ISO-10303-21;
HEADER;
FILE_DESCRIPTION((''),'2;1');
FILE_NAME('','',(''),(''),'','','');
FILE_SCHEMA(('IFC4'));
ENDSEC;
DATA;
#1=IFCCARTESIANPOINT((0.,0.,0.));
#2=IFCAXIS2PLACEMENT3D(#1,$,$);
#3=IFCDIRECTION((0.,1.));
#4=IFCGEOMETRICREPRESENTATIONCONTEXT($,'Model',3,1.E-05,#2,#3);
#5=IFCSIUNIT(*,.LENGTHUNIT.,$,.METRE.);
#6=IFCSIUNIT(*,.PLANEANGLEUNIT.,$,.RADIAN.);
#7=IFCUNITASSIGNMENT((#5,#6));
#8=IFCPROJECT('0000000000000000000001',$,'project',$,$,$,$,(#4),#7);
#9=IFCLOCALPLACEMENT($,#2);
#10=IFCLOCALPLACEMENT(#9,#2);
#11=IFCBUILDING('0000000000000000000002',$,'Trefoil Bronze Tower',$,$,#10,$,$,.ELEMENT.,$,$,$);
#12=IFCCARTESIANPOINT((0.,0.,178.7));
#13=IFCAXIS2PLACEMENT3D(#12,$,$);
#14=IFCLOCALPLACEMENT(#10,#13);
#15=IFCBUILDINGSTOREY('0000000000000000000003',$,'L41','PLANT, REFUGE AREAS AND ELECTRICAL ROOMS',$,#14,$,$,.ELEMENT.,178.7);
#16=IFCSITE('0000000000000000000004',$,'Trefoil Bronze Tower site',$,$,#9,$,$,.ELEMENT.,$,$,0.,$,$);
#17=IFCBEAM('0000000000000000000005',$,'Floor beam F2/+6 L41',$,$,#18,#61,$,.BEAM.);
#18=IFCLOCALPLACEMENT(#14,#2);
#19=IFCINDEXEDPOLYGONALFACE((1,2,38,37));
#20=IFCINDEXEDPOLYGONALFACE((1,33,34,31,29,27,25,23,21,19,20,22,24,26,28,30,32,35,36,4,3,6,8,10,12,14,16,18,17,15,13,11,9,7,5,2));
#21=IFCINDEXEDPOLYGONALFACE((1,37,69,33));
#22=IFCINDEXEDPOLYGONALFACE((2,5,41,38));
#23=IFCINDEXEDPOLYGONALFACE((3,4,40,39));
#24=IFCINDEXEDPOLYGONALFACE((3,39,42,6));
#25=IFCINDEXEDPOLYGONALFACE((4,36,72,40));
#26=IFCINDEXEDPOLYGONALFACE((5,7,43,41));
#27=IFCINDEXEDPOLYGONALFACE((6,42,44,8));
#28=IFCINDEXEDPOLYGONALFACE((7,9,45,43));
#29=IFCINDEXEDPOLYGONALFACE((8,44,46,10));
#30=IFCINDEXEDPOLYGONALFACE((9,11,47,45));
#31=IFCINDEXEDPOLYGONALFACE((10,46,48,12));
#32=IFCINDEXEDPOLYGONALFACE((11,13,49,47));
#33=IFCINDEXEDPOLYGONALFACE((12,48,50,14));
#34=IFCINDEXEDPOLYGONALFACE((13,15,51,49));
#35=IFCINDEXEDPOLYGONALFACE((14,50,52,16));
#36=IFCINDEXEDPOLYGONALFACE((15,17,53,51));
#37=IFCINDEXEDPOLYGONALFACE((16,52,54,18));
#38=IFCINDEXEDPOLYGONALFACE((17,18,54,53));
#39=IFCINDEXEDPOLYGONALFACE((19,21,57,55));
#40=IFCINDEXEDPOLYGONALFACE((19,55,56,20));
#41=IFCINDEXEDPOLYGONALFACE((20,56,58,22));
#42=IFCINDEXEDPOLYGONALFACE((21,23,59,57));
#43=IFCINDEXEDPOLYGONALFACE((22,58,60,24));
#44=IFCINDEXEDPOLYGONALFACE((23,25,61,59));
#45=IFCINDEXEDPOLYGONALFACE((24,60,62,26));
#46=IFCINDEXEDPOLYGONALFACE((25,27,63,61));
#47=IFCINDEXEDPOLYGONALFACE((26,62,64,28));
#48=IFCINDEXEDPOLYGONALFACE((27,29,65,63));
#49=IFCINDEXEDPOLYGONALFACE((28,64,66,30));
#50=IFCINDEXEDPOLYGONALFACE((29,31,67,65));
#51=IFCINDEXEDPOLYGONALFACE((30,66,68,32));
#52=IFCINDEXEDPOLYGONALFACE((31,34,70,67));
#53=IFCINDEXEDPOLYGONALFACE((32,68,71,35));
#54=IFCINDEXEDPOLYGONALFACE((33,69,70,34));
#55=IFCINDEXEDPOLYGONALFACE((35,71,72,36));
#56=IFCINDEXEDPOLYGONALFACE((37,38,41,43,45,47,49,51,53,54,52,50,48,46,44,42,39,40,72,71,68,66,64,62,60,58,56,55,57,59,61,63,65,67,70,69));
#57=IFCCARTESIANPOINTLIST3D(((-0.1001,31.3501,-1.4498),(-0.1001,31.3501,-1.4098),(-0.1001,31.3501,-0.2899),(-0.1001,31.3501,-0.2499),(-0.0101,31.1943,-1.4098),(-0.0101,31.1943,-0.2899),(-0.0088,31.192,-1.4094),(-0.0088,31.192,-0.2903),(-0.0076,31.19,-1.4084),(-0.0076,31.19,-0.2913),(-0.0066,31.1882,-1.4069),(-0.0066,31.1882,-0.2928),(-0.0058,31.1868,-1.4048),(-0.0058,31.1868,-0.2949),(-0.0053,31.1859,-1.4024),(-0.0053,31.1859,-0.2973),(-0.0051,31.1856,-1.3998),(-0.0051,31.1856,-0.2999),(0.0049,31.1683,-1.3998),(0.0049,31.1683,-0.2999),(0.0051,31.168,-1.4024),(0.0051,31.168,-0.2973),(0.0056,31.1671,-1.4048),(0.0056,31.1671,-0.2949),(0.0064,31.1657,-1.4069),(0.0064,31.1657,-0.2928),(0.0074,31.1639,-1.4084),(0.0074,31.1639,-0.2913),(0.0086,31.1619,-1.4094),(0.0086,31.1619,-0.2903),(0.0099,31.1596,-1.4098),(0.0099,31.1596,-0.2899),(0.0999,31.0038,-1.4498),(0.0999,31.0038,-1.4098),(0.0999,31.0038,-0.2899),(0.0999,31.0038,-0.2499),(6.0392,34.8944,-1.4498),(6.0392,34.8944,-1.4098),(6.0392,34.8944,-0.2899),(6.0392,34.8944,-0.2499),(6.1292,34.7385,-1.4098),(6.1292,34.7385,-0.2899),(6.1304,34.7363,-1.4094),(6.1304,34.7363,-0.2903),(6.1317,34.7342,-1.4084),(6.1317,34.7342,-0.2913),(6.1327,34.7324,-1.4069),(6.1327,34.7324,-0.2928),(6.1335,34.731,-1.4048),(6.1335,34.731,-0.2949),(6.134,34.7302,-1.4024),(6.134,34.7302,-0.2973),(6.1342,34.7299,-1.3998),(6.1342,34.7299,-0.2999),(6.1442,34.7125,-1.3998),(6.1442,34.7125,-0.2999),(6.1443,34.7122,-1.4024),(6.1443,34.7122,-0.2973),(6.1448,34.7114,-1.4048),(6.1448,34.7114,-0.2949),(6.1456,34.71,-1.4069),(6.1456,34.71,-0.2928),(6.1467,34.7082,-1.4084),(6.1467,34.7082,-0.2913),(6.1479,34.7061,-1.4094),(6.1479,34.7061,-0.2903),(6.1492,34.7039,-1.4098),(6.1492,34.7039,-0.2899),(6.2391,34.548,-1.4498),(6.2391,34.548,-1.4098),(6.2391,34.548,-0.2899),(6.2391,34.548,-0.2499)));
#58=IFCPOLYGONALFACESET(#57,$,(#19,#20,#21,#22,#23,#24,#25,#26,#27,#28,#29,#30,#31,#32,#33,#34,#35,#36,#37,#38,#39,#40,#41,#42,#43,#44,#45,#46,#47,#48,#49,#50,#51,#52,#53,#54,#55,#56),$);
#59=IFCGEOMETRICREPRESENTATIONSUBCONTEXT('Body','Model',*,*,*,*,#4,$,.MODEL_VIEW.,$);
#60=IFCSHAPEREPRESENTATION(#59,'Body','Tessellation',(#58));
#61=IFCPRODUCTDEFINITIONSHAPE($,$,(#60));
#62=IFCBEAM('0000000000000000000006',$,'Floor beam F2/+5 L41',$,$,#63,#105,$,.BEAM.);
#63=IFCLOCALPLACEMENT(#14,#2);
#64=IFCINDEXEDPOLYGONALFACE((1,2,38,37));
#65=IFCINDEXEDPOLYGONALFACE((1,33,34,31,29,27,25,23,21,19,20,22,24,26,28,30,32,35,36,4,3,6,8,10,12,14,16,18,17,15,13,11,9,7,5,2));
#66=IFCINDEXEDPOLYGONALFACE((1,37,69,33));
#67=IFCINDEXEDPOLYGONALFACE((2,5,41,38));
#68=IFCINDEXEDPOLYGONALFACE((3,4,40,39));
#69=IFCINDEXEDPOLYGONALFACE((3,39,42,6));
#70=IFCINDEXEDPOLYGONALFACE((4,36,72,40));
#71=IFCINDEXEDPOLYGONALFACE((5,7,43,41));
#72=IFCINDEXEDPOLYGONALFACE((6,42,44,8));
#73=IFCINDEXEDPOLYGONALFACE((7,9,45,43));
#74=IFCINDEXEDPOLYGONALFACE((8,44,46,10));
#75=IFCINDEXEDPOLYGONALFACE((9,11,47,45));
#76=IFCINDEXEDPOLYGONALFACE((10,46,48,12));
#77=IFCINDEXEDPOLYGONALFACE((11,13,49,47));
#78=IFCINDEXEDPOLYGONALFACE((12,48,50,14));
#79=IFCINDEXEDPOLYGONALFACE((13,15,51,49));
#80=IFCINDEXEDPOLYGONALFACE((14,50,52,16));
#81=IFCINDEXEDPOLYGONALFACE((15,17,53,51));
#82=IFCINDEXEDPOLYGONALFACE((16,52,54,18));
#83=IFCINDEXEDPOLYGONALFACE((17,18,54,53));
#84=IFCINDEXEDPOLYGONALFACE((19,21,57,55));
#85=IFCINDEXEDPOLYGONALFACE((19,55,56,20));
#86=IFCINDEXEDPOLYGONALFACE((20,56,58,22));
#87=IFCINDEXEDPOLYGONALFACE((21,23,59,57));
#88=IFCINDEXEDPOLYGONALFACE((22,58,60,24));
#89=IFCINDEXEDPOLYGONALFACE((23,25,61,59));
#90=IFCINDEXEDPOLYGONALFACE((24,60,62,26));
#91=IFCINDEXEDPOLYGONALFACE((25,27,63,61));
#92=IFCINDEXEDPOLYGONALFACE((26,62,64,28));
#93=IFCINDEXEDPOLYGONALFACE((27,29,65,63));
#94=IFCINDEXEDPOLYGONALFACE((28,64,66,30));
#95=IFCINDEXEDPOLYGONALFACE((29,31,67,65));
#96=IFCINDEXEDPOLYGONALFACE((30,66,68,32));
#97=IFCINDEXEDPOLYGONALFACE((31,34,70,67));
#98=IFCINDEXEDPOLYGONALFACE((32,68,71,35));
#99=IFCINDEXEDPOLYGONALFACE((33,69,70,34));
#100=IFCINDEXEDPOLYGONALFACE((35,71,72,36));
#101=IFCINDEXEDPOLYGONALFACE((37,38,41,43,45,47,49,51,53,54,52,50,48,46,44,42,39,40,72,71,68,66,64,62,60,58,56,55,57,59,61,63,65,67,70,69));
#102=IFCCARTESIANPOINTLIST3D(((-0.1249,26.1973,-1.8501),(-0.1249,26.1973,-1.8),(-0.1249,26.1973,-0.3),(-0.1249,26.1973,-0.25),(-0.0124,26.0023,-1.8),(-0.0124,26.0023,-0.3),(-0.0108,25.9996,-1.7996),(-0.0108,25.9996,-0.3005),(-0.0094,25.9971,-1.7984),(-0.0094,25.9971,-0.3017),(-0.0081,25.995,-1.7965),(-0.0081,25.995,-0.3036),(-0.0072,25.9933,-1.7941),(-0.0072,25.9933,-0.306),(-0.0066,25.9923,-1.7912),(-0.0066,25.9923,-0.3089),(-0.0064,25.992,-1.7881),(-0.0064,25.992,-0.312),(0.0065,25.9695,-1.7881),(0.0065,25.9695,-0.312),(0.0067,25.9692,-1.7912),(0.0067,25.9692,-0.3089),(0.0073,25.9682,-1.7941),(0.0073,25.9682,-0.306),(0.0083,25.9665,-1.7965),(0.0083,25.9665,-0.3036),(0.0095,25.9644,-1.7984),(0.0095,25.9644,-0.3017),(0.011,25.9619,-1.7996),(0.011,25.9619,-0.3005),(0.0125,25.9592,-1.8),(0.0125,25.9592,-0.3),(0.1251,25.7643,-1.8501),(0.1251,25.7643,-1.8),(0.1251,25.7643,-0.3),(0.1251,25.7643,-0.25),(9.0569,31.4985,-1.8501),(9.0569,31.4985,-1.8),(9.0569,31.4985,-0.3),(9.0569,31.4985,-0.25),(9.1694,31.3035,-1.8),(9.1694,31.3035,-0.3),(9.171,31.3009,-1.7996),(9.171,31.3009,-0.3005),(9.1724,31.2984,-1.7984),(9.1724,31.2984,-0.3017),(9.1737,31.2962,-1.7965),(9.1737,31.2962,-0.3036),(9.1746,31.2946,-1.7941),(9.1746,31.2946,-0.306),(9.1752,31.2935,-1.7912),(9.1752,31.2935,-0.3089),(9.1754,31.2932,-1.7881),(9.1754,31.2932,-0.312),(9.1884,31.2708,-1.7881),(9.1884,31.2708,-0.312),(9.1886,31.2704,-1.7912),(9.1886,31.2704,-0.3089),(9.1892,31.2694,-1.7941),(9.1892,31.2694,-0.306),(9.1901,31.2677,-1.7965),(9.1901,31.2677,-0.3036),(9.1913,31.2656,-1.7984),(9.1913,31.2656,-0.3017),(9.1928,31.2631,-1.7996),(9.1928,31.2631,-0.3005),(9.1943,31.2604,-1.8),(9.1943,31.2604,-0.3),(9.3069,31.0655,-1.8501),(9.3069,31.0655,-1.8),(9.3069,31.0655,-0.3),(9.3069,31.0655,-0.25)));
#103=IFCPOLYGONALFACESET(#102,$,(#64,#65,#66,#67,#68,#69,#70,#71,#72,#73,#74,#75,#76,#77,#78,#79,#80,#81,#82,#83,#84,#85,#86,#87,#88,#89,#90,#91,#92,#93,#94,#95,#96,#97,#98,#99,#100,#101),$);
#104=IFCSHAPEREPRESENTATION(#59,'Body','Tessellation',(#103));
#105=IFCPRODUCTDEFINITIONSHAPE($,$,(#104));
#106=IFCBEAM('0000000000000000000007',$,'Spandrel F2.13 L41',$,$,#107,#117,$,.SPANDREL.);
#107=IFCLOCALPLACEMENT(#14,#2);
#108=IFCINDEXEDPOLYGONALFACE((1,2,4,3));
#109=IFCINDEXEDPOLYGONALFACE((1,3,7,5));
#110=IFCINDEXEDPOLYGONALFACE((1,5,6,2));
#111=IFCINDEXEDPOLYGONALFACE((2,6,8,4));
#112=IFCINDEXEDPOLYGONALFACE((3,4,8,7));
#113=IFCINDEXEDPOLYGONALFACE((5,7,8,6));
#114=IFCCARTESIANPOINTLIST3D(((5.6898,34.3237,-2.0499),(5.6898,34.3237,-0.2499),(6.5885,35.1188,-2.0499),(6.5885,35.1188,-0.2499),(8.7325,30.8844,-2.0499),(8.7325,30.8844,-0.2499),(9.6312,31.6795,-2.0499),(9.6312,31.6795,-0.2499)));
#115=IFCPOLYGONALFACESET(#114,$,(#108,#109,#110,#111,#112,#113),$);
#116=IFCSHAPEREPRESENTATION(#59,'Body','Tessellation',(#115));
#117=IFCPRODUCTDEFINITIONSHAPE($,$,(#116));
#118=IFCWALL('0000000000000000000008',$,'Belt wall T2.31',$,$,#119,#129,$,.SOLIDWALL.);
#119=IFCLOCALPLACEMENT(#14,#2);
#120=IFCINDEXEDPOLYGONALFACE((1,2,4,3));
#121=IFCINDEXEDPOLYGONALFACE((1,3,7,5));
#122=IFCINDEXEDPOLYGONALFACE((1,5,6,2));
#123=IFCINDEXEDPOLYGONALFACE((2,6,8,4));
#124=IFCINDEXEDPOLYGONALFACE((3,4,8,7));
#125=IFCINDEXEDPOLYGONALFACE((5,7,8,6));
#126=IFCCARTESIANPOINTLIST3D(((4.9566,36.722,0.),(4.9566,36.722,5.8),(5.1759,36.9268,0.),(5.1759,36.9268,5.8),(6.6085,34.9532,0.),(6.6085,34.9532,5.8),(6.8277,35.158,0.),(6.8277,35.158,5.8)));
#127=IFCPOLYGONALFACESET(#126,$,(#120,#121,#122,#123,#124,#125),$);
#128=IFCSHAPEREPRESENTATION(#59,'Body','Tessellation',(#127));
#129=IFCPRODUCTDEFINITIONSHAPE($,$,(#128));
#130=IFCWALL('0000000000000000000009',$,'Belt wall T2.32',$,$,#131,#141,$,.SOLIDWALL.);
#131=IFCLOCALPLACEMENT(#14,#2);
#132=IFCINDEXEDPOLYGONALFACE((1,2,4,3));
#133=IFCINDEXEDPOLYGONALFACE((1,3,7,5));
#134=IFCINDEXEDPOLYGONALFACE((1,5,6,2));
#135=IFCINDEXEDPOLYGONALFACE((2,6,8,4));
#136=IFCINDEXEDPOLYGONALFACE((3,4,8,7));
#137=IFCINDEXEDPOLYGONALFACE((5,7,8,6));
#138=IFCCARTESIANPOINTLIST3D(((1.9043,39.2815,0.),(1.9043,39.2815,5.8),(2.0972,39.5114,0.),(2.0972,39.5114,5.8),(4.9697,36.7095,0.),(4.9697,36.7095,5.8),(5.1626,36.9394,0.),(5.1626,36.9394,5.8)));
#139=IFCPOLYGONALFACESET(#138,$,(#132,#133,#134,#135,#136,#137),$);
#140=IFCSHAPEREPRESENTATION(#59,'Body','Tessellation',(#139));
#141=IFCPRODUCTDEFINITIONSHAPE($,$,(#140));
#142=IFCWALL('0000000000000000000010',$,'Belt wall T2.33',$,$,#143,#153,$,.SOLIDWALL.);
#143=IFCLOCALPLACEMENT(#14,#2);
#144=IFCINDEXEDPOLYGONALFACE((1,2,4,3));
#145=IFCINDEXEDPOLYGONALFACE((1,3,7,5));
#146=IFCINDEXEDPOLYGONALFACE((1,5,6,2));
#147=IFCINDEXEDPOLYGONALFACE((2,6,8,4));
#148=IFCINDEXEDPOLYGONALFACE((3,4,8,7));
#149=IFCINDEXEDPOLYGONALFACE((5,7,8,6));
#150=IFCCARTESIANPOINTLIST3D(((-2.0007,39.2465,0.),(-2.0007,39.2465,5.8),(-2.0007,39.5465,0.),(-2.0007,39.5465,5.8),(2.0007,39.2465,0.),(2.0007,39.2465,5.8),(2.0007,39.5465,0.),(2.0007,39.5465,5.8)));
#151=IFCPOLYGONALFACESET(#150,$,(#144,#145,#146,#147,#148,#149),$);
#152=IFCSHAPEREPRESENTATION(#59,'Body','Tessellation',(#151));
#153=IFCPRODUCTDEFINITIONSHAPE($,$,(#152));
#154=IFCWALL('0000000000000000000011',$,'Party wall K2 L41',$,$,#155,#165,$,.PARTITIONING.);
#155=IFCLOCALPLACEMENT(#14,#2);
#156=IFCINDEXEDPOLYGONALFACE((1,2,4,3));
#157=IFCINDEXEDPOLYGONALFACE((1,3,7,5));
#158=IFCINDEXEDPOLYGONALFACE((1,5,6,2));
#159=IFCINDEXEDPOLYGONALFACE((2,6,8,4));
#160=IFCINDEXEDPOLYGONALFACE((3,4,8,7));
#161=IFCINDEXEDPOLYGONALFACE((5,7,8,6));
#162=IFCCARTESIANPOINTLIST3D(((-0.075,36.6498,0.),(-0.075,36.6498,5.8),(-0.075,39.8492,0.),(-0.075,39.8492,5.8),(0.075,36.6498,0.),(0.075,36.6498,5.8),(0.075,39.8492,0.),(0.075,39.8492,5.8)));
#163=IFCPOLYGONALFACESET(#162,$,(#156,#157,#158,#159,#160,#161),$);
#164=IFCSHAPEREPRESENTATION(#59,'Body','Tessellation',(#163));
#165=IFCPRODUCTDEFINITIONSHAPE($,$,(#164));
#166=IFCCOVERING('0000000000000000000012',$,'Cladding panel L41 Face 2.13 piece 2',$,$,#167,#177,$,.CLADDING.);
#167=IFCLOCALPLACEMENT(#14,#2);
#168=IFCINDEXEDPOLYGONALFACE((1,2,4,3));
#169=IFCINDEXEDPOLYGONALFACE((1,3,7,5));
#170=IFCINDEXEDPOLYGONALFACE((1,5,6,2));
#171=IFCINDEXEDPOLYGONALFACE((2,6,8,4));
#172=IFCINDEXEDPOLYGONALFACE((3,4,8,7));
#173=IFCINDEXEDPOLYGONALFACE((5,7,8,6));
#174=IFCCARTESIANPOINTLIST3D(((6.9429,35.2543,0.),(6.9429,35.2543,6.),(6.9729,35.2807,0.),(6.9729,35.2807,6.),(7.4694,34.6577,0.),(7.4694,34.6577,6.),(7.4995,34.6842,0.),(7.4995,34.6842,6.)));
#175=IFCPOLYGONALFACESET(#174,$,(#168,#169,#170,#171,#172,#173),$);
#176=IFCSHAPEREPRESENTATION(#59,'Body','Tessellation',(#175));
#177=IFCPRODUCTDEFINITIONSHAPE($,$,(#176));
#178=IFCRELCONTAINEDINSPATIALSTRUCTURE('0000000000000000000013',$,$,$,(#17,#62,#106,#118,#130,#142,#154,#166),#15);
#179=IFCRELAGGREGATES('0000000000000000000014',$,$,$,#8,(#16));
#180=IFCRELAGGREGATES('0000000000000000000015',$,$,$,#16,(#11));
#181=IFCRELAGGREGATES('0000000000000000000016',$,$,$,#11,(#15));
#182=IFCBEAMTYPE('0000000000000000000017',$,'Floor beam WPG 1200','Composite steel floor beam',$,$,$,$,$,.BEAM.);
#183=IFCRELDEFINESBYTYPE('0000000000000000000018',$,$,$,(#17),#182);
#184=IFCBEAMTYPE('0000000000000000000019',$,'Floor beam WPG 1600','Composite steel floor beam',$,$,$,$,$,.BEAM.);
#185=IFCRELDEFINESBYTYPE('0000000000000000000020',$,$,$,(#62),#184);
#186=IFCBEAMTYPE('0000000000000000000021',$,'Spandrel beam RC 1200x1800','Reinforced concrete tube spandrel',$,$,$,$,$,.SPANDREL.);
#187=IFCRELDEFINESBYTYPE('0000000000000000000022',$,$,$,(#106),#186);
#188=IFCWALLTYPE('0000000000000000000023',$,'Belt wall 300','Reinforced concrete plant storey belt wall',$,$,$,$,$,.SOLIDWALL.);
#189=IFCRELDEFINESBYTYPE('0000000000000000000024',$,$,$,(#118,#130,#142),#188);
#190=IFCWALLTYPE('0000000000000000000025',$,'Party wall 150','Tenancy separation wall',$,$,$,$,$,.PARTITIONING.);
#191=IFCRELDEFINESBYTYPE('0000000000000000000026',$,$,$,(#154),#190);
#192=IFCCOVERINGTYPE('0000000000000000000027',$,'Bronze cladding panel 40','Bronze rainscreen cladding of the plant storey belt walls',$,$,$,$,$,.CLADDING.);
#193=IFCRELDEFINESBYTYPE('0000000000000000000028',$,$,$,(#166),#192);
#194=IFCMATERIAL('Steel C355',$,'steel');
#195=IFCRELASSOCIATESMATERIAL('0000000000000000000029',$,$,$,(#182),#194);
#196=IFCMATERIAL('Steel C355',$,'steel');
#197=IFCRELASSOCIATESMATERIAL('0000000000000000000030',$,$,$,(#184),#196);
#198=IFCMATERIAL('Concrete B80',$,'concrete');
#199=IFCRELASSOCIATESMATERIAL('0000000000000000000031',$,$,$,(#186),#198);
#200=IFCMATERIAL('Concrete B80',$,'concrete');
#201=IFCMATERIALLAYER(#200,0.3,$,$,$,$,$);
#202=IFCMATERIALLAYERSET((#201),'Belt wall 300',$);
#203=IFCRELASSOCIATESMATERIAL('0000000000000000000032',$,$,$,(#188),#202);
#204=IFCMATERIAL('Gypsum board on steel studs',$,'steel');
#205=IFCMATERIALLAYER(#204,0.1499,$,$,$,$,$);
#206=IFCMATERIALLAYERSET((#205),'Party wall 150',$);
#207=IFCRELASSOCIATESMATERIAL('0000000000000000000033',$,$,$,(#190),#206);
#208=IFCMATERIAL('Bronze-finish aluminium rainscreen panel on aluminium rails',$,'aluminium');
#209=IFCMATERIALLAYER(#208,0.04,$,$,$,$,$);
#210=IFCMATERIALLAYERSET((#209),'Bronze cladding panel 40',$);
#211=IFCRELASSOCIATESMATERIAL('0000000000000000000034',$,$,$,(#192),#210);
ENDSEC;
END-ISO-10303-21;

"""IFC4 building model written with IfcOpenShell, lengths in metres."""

from ifc_helpers import new_model, si_unit, direction, frame, frame_2d, origin, origin_2d, place, context, subcontext, project, spatial, rectangle, i_section, extrude, material, layer, layer_set, material_profile, profile_set, type_object, element, save


model = new_model("IFC4")

# Units and contexts
model_context = context("Model", 3, precision=1e-05, world=origin(), true_north=direction((0.0, 1.0)))
body_context = subcontext(model_context, "Body", "Model", "MODEL_VIEW")
ifc_project = project(units=[si_unit("LENGTHUNIT", "METRE"), si_unit("PLANEANGLEUNIT", "RADIAN")], contexts=[model_context])

# Site, building, storey
site_placement = place(None, origin())
site = spatial("IfcSite", under=ifc_project, at=site_placement, Name="Trefoil Bronze Tower site", CompositionType="ELEMENT", RefElevation=0.0)
building_placement = place(site_placement, origin())
building = spatial("IfcBuilding", under=site, at=building_placement, Name="Trefoil Bronze Tower", CompositionType="ELEMENT")
storey_placement = place(building_placement, frame((0.0, 0.0, 178.7)))
storey = spatial("IfcBuildingStorey", under=building, at=storey_placement, Name="L41", Description="PLANT, REFUGE AREAS AND ELECTRICAL ROOMS", CompositionType="ELEMENT", Elevation=178.7)

# Beams
ifc_material_1 = material(Name="Steel C355", Category="steel")
ifc_material_profile_1 = material_profile(ifc_material_1, i_section(OverallWidth=0.3999, OverallDepth=1.2, WebThickness=0.02, FlangeThickness=0.04, FilletRadius=0.01, at=origin_2d()), Name="WPG 1200")
ifc_profile_set_1 = profile_set([ifc_material_profile_1], Name="Steel C355")
beam_type_1 = type_object("IfcBeamType", Name="Floor beam WPG 1200", Description="Composite steel floor beam", PredefinedType="BEAM", material=ifc_profile_set_1)
beam_1_placement = place(storey_placement, frame((6.1392, 34.7212, -0.8499), z_axis=(-0.866041, -0.499973, 0.0), x_axis=(0.499973, -0.866041, 0.0)))
element("IfcBeam", 1, at=beam_1_placement, inside=storey, type_object=beam_type_1, Name="Floor beam F2/+6 L41", PredefinedType="BEAM", context=body_context, shape_type="SweptSolid", body=[
    extrude(i_section(OverallWidth=0.3999, OverallDepth=1.2, WebThickness=0.02, FlangeThickness=0.04, FilletRadius=0.01, at=origin_2d()), origin(), (0.0, 0.0, 1.0), 7.0889),
])
ifc_material_2 = material(Name="Steel C355", Category="steel")
ifc_material_profile_2 = material_profile(ifc_material_2, i_section(OverallWidth=0.5, OverallDepth=1.6001, WebThickness=0.0259, FlangeThickness=0.05, FilletRadius=0.012, at=origin_2d()), Name="WPG 1600")
ifc_profile_set_2 = profile_set([ifc_material_profile_2], Name="Steel C355")
beam_type_2 = type_object("IfcBeamType", Name="Floor beam WPG 1600", Description="Composite steel floor beam", PredefinedType="BEAM", material=ifc_profile_set_2)
beam_2_placement = place(storey_placement, frame((9.1819, 31.282, -1.05), z_axis=(-0.866021, -0.500007, 0.0), x_axis=(0.500007, -0.866021, 0.0)))
element("IfcBeam", 2, at=beam_2_placement, inside=storey, type_object=beam_type_2, Name="Floor beam F2/+5 L41", PredefinedType="BEAM", context=body_context, shape_type="SweptSolid", body=[
    extrude(i_section(OverallWidth=0.5, OverallDepth=1.6001, WebThickness=0.0259, FlangeThickness=0.05, FilletRadius=0.012, at=origin_2d()), origin(), (0.0, 0.0, 1.0), 10.6023),
])
ifc_material_3 = material(Name="Concrete B80", Category="concrete")
ifc_material_profile_3 = material_profile(ifc_material_3, rectangle(XDim=1.2, YDim=1.8, at=origin_2d()), Name="RC 1200x1800")
ifc_profile_set_3 = profile_set([ifc_material_profile_3], Name="Concrete B80")
beam_type_3 = type_object("IfcBeamType", Name="Spandrel beam RC 1200x1800", Description="Reinforced concrete tube spandrel", PredefinedType="SPANDREL", material=ifc_profile_set_3)
beam_3_placement = place(storey_placement, frame((9.1819, 31.282, -1.1499), z_axis=(-0.662616, 0.748959, 0.0), x_axis=(-0.748959, -0.662616, 0.0)))
element("IfcBeam", 3, at=beam_3_placement, inside=storey, type_object=beam_type_3, Name="Spandrel F2.13 L41", PredefinedType="SPANDREL", context=body_context, shape_type="SweptSolid", body=[
    extrude(rectangle(XDim=1.2, YDim=1.8, at=origin_2d()), origin(), (0.0, 0.0, 1.0), 4.592),
])

# Walls
ifc_material_4 = material(Name="Concrete B80", Category="concrete")
ifc_layer_1 = layer(ifc_material_4, 0.3)
ifc_layer_set_1 = layer_set([ifc_layer_1], Name="Belt wall 300")
wall_type_1 = type_object("IfcWallType", Name="Belt wall 300", Description="Reinforced concrete plant storey belt wall", PredefinedType="SOLIDWALL", material=ifc_layer_set_1)
wall_1_placement = place(storey_placement, frame((6.718, 35.0557, 0.0), z_axis=(0.0, 0.0, 1.0), x_axis=(-0.682534, 0.730854, 0.0)))
element("IfcWall", 4, at=wall_1_placement, inside=storey, type_object=wall_type_1, Name="Belt wall T2.31", PredefinedType="SOLIDWALL", context=body_context, shape_type="SweptSolid", body=[
    extrude(rectangle(XDim=2.4202, YDim=0.3, at=frame_2d((1.21, 0.0))), origin(), (0.0, 0.0, 1.0), 5.8),
])
for number, where, z_axis, x_axis, name in (
    (5, (5.0662, 36.8245, 0.0), (0.0, 0.0, 1.0), (-0.766067, 0.642761, 0.0), "Belt wall T2.32"),
    (6, (2.0007, 39.3965, 0.0), (0.0, 0.0, 1.0), (-1.0, 0.0, 0.0), "Belt wall T2.33"),
):
    element("IfcWall", number, at=place(storey_placement, frame(where, z_axis=z_axis, x_axis=x_axis)), inside=storey, type_object=wall_type_1, Name=name, PredefinedType="SOLIDWALL", context=body_context, shape_type="SweptSolid", body=[
        extrude(rectangle(XDim=4.0015, YDim=0.3, at=frame_2d((2.0007, 0.0))), origin(), (0.0, 0.0, 1.0), 5.8),
    ])
ifc_material_5 = material(Name="Gypsum board on steel studs", Category="steel")
ifc_layer_2 = layer(ifc_material_5, 0.1499)
ifc_layer_set_2 = layer_set([ifc_layer_2], Name="Party wall 150")
wall_type_2 = type_object("IfcWallType", Name="Party wall 150", Description="Tenancy separation wall", PredefinedType="PARTITIONING", material=ifc_layer_set_2)
wall_2_placement = place(storey_placement, frame((0.0, 36.6499, 0.0), z_axis=(0.0, 0.0, 1.0), x_axis=(0.0, 1.0, 0.0)))
element("IfcWall", 7, at=wall_2_placement, inside=storey, type_object=wall_type_2, Name="Party wall K2 L41", PredefinedType="PARTITIONING", context=body_context, shape_type="SweptSolid", body=[
    extrude(rectangle(XDim=3.1995, YDim=0.1499, at=frame_2d((1.5996, 0.0))), origin(), (0.0, 0.0, 1.0), 5.8),
])

# Covering
ifc_material_6 = material(Name="Bronze-finish aluminium rainscreen panel on aluminium rails", Category="aluminium")
ifc_layer_3 = layer(ifc_material_6, 0.04)
ifc_layer_set_3 = layer_set([ifc_layer_3], Name="Bronze cladding panel 40")
covering_type_1 = type_object("IfcCoveringType", Name="Bronze cladding panel 40", Description="Bronze rainscreen cladding of the plant storey belt walls", PredefinedType="CLADDING", material=ifc_layer_set_3)
covering_1_placement = place(storey_placement, frame((7.2212, 34.9692, 0.0), z_axis=(0.0, 0.0, 1.0), x_axis=(-0.661751, 0.749723, 0.0)))
element("IfcCovering", 8, at=covering_1_placement, inside=storey, type_object=covering_type_1, Name="Cladding panel L41 Face 2.13 piece 2", PredefinedType="CLADDING", context=body_context, shape_type="SweptSolid", body=[
    extrude(rectangle(XDim=0.7957, YDim=0.04, at=origin_2d()), origin(), (0.0, 0.0, 1.0), 6.0),
])

save(model, "model.ifc")
